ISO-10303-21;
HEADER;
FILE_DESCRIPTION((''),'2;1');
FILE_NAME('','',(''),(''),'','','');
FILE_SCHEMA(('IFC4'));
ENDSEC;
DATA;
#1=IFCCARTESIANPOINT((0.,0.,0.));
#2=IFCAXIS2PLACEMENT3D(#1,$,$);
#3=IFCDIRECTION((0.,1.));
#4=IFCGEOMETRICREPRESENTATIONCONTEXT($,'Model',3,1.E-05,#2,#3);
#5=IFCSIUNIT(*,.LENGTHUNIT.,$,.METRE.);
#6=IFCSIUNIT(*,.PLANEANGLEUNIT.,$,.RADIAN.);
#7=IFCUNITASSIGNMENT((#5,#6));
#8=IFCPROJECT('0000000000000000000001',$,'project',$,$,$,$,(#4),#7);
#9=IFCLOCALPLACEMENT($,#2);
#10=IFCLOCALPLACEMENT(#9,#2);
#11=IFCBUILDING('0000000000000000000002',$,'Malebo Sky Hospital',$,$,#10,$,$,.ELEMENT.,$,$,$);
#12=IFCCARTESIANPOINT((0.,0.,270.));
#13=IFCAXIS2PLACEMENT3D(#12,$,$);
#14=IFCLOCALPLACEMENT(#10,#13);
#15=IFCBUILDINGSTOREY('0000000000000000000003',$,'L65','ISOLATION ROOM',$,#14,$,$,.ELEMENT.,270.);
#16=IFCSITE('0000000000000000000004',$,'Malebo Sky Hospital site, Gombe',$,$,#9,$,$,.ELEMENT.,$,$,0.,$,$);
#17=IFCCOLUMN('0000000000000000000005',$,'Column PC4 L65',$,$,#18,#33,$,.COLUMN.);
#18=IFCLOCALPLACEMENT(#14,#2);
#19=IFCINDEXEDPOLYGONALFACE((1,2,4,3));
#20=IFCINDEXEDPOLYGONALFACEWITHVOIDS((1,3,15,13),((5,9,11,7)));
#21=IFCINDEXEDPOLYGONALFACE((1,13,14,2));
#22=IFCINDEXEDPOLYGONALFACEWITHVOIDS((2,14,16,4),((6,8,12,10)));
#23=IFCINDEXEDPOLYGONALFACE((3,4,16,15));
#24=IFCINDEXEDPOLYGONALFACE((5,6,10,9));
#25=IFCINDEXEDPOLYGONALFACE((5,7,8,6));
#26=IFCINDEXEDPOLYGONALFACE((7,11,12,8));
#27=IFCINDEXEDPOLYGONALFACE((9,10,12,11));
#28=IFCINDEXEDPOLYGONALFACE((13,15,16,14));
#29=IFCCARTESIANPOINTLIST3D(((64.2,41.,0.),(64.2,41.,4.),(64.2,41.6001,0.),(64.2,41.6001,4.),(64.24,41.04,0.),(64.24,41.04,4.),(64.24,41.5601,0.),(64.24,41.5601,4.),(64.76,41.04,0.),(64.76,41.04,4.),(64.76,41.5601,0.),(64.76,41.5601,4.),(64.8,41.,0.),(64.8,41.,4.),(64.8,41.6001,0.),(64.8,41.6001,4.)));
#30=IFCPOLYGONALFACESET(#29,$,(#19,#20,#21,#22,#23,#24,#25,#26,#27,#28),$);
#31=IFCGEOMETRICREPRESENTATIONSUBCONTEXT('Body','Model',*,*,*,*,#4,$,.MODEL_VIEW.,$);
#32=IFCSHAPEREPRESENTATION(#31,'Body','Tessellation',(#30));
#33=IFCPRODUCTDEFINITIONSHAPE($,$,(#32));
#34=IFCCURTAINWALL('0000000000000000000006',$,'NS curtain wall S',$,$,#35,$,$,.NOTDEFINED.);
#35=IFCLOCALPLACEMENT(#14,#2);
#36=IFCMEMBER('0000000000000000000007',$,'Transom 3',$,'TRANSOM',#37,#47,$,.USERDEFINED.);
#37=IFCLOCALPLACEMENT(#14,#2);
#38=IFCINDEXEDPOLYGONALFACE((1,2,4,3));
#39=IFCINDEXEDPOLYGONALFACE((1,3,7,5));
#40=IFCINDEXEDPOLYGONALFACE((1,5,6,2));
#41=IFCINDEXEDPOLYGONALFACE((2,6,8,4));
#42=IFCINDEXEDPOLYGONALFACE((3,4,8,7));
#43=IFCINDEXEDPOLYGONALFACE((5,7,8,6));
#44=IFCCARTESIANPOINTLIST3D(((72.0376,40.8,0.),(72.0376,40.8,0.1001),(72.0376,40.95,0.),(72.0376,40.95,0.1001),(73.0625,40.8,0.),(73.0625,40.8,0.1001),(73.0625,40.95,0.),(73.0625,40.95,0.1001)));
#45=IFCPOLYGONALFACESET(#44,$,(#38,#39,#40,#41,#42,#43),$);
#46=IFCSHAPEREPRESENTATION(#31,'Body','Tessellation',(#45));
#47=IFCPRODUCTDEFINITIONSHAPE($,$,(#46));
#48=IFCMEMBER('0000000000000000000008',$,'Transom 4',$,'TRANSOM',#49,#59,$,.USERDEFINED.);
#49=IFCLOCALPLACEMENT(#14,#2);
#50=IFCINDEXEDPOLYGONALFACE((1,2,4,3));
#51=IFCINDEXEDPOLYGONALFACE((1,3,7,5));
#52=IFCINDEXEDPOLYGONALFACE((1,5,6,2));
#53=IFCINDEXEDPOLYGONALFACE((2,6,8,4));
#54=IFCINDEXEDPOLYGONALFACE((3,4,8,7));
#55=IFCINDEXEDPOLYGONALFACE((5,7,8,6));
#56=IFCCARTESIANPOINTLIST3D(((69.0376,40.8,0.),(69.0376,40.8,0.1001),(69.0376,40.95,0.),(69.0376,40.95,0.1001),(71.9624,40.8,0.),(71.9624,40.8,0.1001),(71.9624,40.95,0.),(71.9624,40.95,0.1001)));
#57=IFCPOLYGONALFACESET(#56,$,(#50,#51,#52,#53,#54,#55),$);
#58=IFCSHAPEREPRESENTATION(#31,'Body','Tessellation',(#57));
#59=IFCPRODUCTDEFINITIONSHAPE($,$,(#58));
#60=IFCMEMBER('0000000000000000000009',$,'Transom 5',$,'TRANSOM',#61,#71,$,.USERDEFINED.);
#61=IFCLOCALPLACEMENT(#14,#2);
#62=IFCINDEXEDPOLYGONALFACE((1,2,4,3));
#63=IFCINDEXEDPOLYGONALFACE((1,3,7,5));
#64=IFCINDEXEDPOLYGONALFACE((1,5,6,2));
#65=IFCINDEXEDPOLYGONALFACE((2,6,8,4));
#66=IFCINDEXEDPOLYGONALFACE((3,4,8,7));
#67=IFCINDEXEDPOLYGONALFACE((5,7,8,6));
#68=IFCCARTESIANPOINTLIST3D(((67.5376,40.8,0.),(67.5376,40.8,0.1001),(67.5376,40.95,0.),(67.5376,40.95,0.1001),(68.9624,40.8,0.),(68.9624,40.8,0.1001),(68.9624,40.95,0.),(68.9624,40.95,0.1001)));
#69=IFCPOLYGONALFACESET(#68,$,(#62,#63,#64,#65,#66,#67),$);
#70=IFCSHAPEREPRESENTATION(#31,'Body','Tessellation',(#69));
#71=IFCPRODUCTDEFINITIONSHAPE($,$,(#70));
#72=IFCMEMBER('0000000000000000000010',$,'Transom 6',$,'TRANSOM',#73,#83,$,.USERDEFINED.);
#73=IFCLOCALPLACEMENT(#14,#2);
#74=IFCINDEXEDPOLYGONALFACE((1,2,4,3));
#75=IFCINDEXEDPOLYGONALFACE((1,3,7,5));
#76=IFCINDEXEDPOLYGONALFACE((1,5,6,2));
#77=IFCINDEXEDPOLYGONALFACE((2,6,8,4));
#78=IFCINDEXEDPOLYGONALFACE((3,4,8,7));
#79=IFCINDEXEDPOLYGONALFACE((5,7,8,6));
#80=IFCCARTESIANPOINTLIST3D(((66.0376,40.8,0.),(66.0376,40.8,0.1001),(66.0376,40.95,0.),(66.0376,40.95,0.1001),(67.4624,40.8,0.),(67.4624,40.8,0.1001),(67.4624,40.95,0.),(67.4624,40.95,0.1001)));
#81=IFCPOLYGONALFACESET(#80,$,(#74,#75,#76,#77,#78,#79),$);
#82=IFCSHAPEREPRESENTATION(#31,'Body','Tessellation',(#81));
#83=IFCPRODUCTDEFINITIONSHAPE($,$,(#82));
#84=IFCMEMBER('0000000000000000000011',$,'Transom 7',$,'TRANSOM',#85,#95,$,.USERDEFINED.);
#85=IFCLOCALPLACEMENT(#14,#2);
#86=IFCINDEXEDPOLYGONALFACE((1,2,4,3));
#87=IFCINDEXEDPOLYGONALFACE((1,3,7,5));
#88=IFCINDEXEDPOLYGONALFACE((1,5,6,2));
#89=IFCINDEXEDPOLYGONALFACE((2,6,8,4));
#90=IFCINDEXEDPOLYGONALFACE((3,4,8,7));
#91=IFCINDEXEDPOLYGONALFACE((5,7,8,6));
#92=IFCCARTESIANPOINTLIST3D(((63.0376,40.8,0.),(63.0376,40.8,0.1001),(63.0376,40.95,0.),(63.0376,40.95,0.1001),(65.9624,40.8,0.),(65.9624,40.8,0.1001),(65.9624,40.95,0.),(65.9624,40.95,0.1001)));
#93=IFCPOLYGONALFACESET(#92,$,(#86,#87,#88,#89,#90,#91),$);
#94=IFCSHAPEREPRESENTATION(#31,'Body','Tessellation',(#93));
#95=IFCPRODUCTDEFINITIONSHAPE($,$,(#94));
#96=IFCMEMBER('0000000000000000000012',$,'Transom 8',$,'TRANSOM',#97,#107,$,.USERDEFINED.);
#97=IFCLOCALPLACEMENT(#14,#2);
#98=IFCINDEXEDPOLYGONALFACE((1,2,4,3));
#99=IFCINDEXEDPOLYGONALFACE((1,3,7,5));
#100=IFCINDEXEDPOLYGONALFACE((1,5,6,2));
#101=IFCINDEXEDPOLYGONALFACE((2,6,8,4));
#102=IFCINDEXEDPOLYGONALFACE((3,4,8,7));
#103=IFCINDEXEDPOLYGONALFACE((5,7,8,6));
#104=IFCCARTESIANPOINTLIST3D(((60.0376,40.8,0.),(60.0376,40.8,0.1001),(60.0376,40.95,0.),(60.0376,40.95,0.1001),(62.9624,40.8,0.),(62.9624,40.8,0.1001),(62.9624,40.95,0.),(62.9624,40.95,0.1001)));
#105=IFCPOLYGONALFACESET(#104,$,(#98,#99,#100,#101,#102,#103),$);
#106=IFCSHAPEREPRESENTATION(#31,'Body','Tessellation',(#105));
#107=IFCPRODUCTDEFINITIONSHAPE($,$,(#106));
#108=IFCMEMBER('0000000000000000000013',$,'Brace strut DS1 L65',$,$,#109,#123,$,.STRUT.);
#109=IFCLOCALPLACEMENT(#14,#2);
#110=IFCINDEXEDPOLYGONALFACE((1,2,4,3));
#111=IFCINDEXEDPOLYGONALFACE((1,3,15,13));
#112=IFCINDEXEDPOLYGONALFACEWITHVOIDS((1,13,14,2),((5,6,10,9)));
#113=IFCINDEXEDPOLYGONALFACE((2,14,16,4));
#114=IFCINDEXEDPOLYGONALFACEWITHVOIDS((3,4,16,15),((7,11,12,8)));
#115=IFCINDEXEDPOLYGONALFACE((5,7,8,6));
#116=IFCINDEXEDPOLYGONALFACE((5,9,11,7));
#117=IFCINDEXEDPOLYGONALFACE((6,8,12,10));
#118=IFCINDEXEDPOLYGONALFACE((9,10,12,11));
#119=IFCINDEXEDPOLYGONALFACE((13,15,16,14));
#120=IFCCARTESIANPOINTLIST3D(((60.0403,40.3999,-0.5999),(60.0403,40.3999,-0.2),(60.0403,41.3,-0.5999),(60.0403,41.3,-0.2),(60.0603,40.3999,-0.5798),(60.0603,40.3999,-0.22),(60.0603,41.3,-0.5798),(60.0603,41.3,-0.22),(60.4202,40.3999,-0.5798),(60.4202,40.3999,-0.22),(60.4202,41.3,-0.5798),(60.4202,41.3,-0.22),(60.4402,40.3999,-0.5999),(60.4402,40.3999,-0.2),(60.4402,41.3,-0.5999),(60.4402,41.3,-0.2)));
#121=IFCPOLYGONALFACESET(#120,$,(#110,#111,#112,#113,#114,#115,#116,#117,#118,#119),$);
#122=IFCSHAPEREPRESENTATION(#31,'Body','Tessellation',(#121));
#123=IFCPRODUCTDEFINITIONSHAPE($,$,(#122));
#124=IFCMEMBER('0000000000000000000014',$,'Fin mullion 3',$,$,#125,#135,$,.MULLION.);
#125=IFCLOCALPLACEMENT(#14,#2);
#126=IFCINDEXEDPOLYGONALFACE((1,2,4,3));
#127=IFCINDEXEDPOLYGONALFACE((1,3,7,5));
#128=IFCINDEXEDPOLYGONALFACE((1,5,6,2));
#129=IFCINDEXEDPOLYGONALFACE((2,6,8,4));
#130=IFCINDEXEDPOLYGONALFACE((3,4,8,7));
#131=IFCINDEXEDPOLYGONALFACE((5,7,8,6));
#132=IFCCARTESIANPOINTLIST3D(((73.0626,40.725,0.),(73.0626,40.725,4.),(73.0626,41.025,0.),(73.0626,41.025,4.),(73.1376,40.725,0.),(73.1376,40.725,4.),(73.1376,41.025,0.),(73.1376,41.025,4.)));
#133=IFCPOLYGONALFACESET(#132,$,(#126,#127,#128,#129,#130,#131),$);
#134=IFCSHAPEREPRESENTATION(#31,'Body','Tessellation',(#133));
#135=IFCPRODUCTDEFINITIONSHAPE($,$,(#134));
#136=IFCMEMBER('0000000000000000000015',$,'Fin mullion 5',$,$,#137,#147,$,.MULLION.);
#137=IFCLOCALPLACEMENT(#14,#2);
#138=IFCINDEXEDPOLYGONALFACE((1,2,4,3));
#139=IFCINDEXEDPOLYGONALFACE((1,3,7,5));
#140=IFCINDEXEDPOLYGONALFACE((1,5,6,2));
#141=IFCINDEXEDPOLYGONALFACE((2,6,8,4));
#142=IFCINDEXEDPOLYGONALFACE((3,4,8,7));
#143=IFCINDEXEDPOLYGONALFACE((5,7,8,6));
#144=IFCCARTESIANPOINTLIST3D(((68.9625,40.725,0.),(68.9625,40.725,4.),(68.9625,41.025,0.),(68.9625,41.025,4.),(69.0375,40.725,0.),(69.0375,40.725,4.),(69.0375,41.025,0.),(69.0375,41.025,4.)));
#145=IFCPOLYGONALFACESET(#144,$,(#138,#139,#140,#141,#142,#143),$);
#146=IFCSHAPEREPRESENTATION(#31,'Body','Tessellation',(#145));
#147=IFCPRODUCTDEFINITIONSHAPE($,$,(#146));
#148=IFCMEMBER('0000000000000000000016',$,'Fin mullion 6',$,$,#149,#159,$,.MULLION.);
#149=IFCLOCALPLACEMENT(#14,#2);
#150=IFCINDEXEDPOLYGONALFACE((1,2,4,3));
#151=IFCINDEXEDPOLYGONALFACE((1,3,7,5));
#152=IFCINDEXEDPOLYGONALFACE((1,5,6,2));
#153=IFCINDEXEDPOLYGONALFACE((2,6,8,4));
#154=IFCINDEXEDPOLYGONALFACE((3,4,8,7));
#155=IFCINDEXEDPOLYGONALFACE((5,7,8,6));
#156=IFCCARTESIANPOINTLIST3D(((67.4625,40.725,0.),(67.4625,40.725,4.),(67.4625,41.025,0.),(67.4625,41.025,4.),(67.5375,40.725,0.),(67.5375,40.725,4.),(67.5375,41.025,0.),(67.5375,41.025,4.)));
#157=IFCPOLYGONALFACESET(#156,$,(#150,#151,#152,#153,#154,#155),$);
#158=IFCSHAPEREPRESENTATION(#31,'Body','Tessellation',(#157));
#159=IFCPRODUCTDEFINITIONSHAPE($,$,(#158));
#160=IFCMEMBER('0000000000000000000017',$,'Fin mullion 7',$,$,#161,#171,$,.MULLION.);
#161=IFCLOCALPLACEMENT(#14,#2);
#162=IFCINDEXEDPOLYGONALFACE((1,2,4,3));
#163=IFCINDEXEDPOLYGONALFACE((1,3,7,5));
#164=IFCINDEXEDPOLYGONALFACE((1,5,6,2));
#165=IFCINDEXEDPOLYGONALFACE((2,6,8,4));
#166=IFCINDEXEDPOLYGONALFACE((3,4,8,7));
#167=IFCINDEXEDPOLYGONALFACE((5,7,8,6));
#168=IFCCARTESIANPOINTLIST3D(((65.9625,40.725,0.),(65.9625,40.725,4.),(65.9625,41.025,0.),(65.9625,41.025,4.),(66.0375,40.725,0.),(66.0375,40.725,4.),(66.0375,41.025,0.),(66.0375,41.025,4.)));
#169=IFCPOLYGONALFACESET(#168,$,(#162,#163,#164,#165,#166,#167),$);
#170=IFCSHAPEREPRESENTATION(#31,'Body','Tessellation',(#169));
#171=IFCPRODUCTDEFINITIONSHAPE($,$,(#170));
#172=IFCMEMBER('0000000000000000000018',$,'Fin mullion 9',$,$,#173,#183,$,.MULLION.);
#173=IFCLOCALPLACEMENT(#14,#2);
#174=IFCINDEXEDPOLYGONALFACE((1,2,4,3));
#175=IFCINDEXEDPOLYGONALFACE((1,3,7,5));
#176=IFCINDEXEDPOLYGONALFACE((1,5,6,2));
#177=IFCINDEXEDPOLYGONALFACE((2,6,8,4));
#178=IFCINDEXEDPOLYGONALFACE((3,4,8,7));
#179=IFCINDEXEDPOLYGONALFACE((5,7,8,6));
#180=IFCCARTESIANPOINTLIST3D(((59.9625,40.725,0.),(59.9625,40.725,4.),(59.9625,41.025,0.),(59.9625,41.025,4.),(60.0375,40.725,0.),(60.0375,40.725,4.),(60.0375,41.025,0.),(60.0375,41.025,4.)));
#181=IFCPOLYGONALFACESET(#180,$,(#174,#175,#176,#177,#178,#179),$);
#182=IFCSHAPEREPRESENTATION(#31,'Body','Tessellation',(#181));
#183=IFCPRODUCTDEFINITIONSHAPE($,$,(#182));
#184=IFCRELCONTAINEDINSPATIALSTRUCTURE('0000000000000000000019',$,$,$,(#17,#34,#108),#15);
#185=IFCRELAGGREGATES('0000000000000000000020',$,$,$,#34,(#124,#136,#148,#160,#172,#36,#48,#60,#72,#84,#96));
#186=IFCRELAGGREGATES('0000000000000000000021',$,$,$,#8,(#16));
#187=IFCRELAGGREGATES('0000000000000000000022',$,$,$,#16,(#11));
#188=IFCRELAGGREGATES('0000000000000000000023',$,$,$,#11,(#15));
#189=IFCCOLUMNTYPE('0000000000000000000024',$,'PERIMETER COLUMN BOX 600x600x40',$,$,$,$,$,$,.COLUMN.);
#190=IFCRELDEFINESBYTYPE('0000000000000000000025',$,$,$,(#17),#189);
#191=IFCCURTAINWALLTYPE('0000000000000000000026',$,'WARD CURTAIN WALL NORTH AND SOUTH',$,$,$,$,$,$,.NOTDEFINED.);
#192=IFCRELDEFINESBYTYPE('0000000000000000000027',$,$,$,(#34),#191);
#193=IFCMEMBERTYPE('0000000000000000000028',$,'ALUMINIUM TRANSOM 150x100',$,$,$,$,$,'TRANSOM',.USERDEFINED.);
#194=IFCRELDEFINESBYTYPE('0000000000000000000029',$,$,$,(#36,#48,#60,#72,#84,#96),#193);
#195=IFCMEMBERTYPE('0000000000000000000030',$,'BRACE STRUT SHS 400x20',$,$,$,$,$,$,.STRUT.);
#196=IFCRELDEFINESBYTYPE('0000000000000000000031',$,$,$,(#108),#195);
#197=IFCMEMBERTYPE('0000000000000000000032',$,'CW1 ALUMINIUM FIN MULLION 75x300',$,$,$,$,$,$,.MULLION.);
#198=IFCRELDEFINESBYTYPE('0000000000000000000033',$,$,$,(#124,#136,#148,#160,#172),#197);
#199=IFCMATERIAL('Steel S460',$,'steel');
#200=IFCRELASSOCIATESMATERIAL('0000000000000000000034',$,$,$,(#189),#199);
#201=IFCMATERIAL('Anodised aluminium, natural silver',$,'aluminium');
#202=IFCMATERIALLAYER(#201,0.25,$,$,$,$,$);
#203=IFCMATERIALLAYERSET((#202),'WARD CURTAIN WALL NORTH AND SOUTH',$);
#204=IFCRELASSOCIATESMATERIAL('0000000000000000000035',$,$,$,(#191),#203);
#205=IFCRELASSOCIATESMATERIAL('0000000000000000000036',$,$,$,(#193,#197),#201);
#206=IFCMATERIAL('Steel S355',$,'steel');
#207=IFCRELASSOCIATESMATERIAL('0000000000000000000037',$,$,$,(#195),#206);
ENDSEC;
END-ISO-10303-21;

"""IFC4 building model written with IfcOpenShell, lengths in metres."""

from ifc_helpers import new_model, si_unit, direction, frame, origin, origin_2d, place, context, subcontext, project, spatial, rectangle, hollow_rectangle, extrude, material, layer, layer_set, material_profile, profile_set, type_object, element, aggregate, save


model = new_model("IFC4")

# Units and contexts
model_context = context("Model", 3, precision=1e-05, world=origin(), true_north=direction((0.0, 1.0)))
body_context = subcontext(model_context, "Body", "Model", "MODEL_VIEW")
ifc_project = project(units=[si_unit("LENGTHUNIT", "METRE"), si_unit("PLANEANGLEUNIT", "RADIAN")], contexts=[model_context])

# Site, building, storey
site_placement = place(None, origin())
site = spatial("IfcSite", under=ifc_project, at=site_placement, Name="Malebo Sky Hospital site, Gombe", CompositionType="ELEMENT", RefElevation=0.0)
building_placement = place(site_placement, origin())
building = spatial("IfcBuilding", under=site, at=building_placement, Name="Malebo Sky Hospital", CompositionType="ELEMENT")
storey_placement = place(building_placement, frame((0.0, 0.0, 270.0)))
storey = spatial("IfcBuildingStorey", under=building, at=storey_placement, Name="L65", Description="ISOLATION ROOM", CompositionType="ELEMENT", Elevation=270.0)

# Column
ifc_material_1 = material(Name="Steel S460", Category="steel")
ifc_material_profile_1 = material_profile(ifc_material_1, hollow_rectangle(XDim=0.6001, YDim=0.6001, WallThickness=0.04, at=origin_2d()), Name="BOX 600x600x40")
ifc_profile_set_1 = profile_set([ifc_material_profile_1], Name="Steel S460")
column_type = type_object("IfcColumnType", Name="PERIMETER COLUMN BOX 600x600x40", PredefinedType="COLUMN", material=ifc_profile_set_1)
column_placement = place(storey_placement, frame((64.5, 41.3, 0.0), z_axis=(0.0, 0.0, 1.0), x_axis=(1.0, 0.0, 0.0)))
element("IfcColumn", 1, at=column_placement, inside=storey, type_object=column_type, Name="Column PC4 L65", PredefinedType="COLUMN", context=body_context, shape_type="SweptSolid", body=[
    extrude(hollow_rectangle(XDim=0.6001, YDim=0.6001, WallThickness=0.04, at=origin_2d()), origin(), (0.0, 0.0, 1.0), 4.0),
])

# Curtain wall, members
ifc_material_2 = material(Name="Anodised aluminium, natural silver", Category="aluminium")
ifc_layer_1 = layer(ifc_material_2, 0.25)
ifc_layer_set_1 = layer_set([ifc_layer_1], Name="WARD CURTAIN WALL NORTH AND SOUTH")
curtain_wall_type = type_object("IfcCurtainWallType", Name="WARD CURTAIN WALL NORTH AND SOUTH", PredefinedType="NOTDEFINED", material=ifc_layer_set_1)
curtain_wall_placement = place(storey_placement, origin())
curtain_wall = element("IfcCurtainWall", 2, at=curtain_wall_placement, inside=storey, type_object=curtain_wall_type, Name="NS curtain wall S", PredefinedType="NOTDEFINED")
ifc_material_profile_2 = material_profile(ifc_material_2, rectangle(XDim=0.1499, YDim=0.1001, at=origin_2d()), Name="ALUMINIUM TRANSOM 150x100")
ifc_profile_set_2 = profile_set([ifc_material_profile_2], Name="Anodised aluminium, natural silver")
member_type_1 = type_object("IfcMemberType", Name="ALUMINIUM TRANSOM 150x100", ElementType="TRANSOM", PredefinedType="USERDEFINED", material=ifc_profile_set_2)
member_1_placement = place(storey_placement, frame((73.0625, 40.875, 0.05), z_axis=(-1.0, 0.0, 0.0), x_axis=(0.0, -1.0, 0.0)))
member_1 = element("IfcMember", 3, at=member_1_placement, type_object=member_type_1, Name="Transom 3", ObjectType="TRANSOM", PredefinedType="USERDEFINED", context=body_context, shape_type="SweptSolid", body=[
    extrude(rectangle(XDim=0.1499, YDim=0.1001, at=origin_2d()), origin(), (0.0, 0.0, 1.0), 1.0249),
])
member_2_placement = place(storey_placement, frame((71.9624, 40.875, 0.05), z_axis=(-1.0, 0.0, 0.0), x_axis=(0.0, -1.0, 0.0)))
member_2 = element("IfcMember", 4, at=member_2_placement, type_object=member_type_1, Name="Transom 4", ObjectType="TRANSOM", PredefinedType="USERDEFINED", context=body_context, shape_type="SweptSolid", body=[
    extrude(rectangle(XDim=0.1499, YDim=0.1001, at=origin_2d()), origin(), (0.0, 0.0, 1.0), 2.9248),
])
member_3_placement = place(storey_placement, frame((68.9624, 40.875, 0.05), z_axis=(-1.0, 0.0, 0.0), x_axis=(0.0, -1.0, 0.0)))
member_3 = element("IfcMember", 5, at=member_3_placement, type_object=member_type_1, Name="Transom 5", ObjectType="TRANSOM", PredefinedType="USERDEFINED", context=body_context, shape_type="SweptSolid", body=[
    extrude(rectangle(XDim=0.1499, YDim=0.1001, at=origin_2d()), origin(), (0.0, 0.0, 1.0), 1.4248),
])
member_4_placement = place(storey_placement, frame((67.4624, 40.875, 0.05), z_axis=(-1.0, 0.0, 0.0), x_axis=(0.0, -1.0, 0.0)))
member_4 = element("IfcMember", 6, at=member_4_placement, type_object=member_type_1, Name="Transom 6", ObjectType="TRANSOM", PredefinedType="USERDEFINED", context=body_context, shape_type="SweptSolid", body=[
    extrude(rectangle(XDim=0.1499, YDim=0.1001, at=origin_2d()), origin(), (0.0, 0.0, 1.0), 1.4248),
])
member_5_placement = place(storey_placement, frame((65.9624, 40.875, 0.05), z_axis=(-1.0, 0.0, 0.0), x_axis=(0.0, -1.0, 0.0)))
member_5 = element("IfcMember", 7, at=member_5_placement, type_object=member_type_1, Name="Transom 7", ObjectType="TRANSOM", PredefinedType="USERDEFINED", context=body_context, shape_type="SweptSolid", body=[
    extrude(rectangle(XDim=0.1499, YDim=0.1001, at=origin_2d()), origin(), (0.0, 0.0, 1.0), 2.9248),
])
member_6_placement = place(storey_placement, frame((62.9624, 40.875, 0.05), z_axis=(-1.0, 0.0, 0.0), x_axis=(0.0, -1.0, 0.0)))
member_6 = element("IfcMember", 8, at=member_6_placement, type_object=member_type_1, Name="Transom 8", ObjectType="TRANSOM", PredefinedType="USERDEFINED", context=body_context, shape_type="SweptSolid", body=[
    extrude(rectangle(XDim=0.1499, YDim=0.1001, at=origin_2d()), origin(), (0.0, 0.0, 1.0), 2.9248),
])

# Members
ifc_material_3 = material(Name="Steel S355", Category="steel")
ifc_material_profile_3 = material_profile(ifc_material_3, hollow_rectangle(XDim=0.3999, YDim=0.3999, WallThickness=0.02, at=origin_2d()), Name="SHS 400x20")
ifc_profile_set_3 = profile_set([ifc_material_profile_3], Name="Steel S355")
member_type_2 = type_object("IfcMemberType", Name="BRACE STRUT SHS 400x20", PredefinedType="STRUT", material=ifc_profile_set_3)
member_7_placement = place(storey_placement, frame((60.2402, 40.3999, -0.3999), z_axis=(0.0, 1.0, 0.0), x_axis=(-1.0, 0.0, 0.0)))
element("IfcMember", 9, at=member_7_placement, inside=storey, type_object=member_type_2, Name="Brace strut DS1 L65", PredefinedType="STRUT", context=body_context, shape_type="SweptSolid", body=[
    extrude(hollow_rectangle(XDim=0.3999, YDim=0.3999, WallThickness=0.02, at=origin_2d()), origin(), (0.0, 0.0, 1.0), 0.9001),
])
ifc_material_profile_4 = material_profile(ifc_material_2, rectangle(XDim=0.075, YDim=0.3, at=origin_2d()), Name="CW1 ALUMINIUM FIN MULLION 75x300")
ifc_profile_set_4 = profile_set([ifc_material_profile_4], Name="Anodised aluminium, natural silver")
member_type_3 = type_object("IfcMemberType", Name="CW1 ALUMINIUM FIN MULLION 75x300", PredefinedType="MULLION", material=ifc_profile_set_4)
member_8_placement = place(storey_placement, frame((73.1001, 40.875, 0.0), z_axis=(0.0, 0.0, 1.0), x_axis=(-1.0, 0.0, 0.0)))
member_8 = element("IfcMember", 10, at=member_8_placement, type_object=member_type_3, Name="Fin mullion 3", PredefinedType="MULLION", context=body_context, shape_type="SweptSolid", body=[
    extrude(rectangle(XDim=0.075, YDim=0.3, at=origin_2d()), origin(), (0.0, 0.0, 1.0), 4.0),
])
member_9_placement = place(storey_placement, frame((69.0, 40.875, 0.0), z_axis=(0.0, 0.0, 1.0), x_axis=(-1.0, 0.0, 0.0)))
member_9 = element("IfcMember", 11, at=member_9_placement, type_object=member_type_3, Name="Fin mullion 5", PredefinedType="MULLION", context=body_context, shape_type="SweptSolid", body=[
    extrude(rectangle(XDim=0.075, YDim=0.3, at=origin_2d()), origin(), (0.0, 0.0, 1.0), 4.0),
])
member_10_placement = place(storey_placement, frame((67.5, 40.875, 0.0), z_axis=(0.0, 0.0, 1.0), x_axis=(-1.0, 0.0, 0.0)))
member_10 = element("IfcMember", 12, at=member_10_placement, type_object=member_type_3, Name="Fin mullion 6", PredefinedType="MULLION", context=body_context, shape_type="SweptSolid", body=[
    extrude(rectangle(XDim=0.075, YDim=0.3, at=origin_2d()), origin(), (0.0, 0.0, 1.0), 4.0),
])
member_11_placement = place(storey_placement, frame((66.0, 40.875, 0.0), z_axis=(0.0, 0.0, 1.0), x_axis=(-1.0, 0.0, 0.0)))
member_11 = element("IfcMember", 13, at=member_11_placement, type_object=member_type_3, Name="Fin mullion 7", PredefinedType="MULLION", context=body_context, shape_type="SweptSolid", body=[
    extrude(rectangle(XDim=0.075, YDim=0.3, at=origin_2d()), origin(), (0.0, 0.0, 1.0), 4.0),
])
member_12_placement = place(storey_placement, frame((60.0, 40.875, 0.0), z_axis=(0.0, 0.0, 1.0), x_axis=(-1.0, 0.0, 0.0)))
member_12 = element("IfcMember", 14, at=member_12_placement, type_object=member_type_3, Name="Fin mullion 9", PredefinedType="MULLION", context=body_context, shape_type="SweptSolid", body=[
    extrude(rectangle(XDim=0.075, YDim=0.3, at=origin_2d()), origin(), (0.0, 0.0, 1.0), 4.0),
])

aggregate(curtain_wall, [member_8, member_9, member_10, member_11, member_12, member_1, member_2, member_3, member_4, member_5, member_6])

save(model, "model.ifc")
